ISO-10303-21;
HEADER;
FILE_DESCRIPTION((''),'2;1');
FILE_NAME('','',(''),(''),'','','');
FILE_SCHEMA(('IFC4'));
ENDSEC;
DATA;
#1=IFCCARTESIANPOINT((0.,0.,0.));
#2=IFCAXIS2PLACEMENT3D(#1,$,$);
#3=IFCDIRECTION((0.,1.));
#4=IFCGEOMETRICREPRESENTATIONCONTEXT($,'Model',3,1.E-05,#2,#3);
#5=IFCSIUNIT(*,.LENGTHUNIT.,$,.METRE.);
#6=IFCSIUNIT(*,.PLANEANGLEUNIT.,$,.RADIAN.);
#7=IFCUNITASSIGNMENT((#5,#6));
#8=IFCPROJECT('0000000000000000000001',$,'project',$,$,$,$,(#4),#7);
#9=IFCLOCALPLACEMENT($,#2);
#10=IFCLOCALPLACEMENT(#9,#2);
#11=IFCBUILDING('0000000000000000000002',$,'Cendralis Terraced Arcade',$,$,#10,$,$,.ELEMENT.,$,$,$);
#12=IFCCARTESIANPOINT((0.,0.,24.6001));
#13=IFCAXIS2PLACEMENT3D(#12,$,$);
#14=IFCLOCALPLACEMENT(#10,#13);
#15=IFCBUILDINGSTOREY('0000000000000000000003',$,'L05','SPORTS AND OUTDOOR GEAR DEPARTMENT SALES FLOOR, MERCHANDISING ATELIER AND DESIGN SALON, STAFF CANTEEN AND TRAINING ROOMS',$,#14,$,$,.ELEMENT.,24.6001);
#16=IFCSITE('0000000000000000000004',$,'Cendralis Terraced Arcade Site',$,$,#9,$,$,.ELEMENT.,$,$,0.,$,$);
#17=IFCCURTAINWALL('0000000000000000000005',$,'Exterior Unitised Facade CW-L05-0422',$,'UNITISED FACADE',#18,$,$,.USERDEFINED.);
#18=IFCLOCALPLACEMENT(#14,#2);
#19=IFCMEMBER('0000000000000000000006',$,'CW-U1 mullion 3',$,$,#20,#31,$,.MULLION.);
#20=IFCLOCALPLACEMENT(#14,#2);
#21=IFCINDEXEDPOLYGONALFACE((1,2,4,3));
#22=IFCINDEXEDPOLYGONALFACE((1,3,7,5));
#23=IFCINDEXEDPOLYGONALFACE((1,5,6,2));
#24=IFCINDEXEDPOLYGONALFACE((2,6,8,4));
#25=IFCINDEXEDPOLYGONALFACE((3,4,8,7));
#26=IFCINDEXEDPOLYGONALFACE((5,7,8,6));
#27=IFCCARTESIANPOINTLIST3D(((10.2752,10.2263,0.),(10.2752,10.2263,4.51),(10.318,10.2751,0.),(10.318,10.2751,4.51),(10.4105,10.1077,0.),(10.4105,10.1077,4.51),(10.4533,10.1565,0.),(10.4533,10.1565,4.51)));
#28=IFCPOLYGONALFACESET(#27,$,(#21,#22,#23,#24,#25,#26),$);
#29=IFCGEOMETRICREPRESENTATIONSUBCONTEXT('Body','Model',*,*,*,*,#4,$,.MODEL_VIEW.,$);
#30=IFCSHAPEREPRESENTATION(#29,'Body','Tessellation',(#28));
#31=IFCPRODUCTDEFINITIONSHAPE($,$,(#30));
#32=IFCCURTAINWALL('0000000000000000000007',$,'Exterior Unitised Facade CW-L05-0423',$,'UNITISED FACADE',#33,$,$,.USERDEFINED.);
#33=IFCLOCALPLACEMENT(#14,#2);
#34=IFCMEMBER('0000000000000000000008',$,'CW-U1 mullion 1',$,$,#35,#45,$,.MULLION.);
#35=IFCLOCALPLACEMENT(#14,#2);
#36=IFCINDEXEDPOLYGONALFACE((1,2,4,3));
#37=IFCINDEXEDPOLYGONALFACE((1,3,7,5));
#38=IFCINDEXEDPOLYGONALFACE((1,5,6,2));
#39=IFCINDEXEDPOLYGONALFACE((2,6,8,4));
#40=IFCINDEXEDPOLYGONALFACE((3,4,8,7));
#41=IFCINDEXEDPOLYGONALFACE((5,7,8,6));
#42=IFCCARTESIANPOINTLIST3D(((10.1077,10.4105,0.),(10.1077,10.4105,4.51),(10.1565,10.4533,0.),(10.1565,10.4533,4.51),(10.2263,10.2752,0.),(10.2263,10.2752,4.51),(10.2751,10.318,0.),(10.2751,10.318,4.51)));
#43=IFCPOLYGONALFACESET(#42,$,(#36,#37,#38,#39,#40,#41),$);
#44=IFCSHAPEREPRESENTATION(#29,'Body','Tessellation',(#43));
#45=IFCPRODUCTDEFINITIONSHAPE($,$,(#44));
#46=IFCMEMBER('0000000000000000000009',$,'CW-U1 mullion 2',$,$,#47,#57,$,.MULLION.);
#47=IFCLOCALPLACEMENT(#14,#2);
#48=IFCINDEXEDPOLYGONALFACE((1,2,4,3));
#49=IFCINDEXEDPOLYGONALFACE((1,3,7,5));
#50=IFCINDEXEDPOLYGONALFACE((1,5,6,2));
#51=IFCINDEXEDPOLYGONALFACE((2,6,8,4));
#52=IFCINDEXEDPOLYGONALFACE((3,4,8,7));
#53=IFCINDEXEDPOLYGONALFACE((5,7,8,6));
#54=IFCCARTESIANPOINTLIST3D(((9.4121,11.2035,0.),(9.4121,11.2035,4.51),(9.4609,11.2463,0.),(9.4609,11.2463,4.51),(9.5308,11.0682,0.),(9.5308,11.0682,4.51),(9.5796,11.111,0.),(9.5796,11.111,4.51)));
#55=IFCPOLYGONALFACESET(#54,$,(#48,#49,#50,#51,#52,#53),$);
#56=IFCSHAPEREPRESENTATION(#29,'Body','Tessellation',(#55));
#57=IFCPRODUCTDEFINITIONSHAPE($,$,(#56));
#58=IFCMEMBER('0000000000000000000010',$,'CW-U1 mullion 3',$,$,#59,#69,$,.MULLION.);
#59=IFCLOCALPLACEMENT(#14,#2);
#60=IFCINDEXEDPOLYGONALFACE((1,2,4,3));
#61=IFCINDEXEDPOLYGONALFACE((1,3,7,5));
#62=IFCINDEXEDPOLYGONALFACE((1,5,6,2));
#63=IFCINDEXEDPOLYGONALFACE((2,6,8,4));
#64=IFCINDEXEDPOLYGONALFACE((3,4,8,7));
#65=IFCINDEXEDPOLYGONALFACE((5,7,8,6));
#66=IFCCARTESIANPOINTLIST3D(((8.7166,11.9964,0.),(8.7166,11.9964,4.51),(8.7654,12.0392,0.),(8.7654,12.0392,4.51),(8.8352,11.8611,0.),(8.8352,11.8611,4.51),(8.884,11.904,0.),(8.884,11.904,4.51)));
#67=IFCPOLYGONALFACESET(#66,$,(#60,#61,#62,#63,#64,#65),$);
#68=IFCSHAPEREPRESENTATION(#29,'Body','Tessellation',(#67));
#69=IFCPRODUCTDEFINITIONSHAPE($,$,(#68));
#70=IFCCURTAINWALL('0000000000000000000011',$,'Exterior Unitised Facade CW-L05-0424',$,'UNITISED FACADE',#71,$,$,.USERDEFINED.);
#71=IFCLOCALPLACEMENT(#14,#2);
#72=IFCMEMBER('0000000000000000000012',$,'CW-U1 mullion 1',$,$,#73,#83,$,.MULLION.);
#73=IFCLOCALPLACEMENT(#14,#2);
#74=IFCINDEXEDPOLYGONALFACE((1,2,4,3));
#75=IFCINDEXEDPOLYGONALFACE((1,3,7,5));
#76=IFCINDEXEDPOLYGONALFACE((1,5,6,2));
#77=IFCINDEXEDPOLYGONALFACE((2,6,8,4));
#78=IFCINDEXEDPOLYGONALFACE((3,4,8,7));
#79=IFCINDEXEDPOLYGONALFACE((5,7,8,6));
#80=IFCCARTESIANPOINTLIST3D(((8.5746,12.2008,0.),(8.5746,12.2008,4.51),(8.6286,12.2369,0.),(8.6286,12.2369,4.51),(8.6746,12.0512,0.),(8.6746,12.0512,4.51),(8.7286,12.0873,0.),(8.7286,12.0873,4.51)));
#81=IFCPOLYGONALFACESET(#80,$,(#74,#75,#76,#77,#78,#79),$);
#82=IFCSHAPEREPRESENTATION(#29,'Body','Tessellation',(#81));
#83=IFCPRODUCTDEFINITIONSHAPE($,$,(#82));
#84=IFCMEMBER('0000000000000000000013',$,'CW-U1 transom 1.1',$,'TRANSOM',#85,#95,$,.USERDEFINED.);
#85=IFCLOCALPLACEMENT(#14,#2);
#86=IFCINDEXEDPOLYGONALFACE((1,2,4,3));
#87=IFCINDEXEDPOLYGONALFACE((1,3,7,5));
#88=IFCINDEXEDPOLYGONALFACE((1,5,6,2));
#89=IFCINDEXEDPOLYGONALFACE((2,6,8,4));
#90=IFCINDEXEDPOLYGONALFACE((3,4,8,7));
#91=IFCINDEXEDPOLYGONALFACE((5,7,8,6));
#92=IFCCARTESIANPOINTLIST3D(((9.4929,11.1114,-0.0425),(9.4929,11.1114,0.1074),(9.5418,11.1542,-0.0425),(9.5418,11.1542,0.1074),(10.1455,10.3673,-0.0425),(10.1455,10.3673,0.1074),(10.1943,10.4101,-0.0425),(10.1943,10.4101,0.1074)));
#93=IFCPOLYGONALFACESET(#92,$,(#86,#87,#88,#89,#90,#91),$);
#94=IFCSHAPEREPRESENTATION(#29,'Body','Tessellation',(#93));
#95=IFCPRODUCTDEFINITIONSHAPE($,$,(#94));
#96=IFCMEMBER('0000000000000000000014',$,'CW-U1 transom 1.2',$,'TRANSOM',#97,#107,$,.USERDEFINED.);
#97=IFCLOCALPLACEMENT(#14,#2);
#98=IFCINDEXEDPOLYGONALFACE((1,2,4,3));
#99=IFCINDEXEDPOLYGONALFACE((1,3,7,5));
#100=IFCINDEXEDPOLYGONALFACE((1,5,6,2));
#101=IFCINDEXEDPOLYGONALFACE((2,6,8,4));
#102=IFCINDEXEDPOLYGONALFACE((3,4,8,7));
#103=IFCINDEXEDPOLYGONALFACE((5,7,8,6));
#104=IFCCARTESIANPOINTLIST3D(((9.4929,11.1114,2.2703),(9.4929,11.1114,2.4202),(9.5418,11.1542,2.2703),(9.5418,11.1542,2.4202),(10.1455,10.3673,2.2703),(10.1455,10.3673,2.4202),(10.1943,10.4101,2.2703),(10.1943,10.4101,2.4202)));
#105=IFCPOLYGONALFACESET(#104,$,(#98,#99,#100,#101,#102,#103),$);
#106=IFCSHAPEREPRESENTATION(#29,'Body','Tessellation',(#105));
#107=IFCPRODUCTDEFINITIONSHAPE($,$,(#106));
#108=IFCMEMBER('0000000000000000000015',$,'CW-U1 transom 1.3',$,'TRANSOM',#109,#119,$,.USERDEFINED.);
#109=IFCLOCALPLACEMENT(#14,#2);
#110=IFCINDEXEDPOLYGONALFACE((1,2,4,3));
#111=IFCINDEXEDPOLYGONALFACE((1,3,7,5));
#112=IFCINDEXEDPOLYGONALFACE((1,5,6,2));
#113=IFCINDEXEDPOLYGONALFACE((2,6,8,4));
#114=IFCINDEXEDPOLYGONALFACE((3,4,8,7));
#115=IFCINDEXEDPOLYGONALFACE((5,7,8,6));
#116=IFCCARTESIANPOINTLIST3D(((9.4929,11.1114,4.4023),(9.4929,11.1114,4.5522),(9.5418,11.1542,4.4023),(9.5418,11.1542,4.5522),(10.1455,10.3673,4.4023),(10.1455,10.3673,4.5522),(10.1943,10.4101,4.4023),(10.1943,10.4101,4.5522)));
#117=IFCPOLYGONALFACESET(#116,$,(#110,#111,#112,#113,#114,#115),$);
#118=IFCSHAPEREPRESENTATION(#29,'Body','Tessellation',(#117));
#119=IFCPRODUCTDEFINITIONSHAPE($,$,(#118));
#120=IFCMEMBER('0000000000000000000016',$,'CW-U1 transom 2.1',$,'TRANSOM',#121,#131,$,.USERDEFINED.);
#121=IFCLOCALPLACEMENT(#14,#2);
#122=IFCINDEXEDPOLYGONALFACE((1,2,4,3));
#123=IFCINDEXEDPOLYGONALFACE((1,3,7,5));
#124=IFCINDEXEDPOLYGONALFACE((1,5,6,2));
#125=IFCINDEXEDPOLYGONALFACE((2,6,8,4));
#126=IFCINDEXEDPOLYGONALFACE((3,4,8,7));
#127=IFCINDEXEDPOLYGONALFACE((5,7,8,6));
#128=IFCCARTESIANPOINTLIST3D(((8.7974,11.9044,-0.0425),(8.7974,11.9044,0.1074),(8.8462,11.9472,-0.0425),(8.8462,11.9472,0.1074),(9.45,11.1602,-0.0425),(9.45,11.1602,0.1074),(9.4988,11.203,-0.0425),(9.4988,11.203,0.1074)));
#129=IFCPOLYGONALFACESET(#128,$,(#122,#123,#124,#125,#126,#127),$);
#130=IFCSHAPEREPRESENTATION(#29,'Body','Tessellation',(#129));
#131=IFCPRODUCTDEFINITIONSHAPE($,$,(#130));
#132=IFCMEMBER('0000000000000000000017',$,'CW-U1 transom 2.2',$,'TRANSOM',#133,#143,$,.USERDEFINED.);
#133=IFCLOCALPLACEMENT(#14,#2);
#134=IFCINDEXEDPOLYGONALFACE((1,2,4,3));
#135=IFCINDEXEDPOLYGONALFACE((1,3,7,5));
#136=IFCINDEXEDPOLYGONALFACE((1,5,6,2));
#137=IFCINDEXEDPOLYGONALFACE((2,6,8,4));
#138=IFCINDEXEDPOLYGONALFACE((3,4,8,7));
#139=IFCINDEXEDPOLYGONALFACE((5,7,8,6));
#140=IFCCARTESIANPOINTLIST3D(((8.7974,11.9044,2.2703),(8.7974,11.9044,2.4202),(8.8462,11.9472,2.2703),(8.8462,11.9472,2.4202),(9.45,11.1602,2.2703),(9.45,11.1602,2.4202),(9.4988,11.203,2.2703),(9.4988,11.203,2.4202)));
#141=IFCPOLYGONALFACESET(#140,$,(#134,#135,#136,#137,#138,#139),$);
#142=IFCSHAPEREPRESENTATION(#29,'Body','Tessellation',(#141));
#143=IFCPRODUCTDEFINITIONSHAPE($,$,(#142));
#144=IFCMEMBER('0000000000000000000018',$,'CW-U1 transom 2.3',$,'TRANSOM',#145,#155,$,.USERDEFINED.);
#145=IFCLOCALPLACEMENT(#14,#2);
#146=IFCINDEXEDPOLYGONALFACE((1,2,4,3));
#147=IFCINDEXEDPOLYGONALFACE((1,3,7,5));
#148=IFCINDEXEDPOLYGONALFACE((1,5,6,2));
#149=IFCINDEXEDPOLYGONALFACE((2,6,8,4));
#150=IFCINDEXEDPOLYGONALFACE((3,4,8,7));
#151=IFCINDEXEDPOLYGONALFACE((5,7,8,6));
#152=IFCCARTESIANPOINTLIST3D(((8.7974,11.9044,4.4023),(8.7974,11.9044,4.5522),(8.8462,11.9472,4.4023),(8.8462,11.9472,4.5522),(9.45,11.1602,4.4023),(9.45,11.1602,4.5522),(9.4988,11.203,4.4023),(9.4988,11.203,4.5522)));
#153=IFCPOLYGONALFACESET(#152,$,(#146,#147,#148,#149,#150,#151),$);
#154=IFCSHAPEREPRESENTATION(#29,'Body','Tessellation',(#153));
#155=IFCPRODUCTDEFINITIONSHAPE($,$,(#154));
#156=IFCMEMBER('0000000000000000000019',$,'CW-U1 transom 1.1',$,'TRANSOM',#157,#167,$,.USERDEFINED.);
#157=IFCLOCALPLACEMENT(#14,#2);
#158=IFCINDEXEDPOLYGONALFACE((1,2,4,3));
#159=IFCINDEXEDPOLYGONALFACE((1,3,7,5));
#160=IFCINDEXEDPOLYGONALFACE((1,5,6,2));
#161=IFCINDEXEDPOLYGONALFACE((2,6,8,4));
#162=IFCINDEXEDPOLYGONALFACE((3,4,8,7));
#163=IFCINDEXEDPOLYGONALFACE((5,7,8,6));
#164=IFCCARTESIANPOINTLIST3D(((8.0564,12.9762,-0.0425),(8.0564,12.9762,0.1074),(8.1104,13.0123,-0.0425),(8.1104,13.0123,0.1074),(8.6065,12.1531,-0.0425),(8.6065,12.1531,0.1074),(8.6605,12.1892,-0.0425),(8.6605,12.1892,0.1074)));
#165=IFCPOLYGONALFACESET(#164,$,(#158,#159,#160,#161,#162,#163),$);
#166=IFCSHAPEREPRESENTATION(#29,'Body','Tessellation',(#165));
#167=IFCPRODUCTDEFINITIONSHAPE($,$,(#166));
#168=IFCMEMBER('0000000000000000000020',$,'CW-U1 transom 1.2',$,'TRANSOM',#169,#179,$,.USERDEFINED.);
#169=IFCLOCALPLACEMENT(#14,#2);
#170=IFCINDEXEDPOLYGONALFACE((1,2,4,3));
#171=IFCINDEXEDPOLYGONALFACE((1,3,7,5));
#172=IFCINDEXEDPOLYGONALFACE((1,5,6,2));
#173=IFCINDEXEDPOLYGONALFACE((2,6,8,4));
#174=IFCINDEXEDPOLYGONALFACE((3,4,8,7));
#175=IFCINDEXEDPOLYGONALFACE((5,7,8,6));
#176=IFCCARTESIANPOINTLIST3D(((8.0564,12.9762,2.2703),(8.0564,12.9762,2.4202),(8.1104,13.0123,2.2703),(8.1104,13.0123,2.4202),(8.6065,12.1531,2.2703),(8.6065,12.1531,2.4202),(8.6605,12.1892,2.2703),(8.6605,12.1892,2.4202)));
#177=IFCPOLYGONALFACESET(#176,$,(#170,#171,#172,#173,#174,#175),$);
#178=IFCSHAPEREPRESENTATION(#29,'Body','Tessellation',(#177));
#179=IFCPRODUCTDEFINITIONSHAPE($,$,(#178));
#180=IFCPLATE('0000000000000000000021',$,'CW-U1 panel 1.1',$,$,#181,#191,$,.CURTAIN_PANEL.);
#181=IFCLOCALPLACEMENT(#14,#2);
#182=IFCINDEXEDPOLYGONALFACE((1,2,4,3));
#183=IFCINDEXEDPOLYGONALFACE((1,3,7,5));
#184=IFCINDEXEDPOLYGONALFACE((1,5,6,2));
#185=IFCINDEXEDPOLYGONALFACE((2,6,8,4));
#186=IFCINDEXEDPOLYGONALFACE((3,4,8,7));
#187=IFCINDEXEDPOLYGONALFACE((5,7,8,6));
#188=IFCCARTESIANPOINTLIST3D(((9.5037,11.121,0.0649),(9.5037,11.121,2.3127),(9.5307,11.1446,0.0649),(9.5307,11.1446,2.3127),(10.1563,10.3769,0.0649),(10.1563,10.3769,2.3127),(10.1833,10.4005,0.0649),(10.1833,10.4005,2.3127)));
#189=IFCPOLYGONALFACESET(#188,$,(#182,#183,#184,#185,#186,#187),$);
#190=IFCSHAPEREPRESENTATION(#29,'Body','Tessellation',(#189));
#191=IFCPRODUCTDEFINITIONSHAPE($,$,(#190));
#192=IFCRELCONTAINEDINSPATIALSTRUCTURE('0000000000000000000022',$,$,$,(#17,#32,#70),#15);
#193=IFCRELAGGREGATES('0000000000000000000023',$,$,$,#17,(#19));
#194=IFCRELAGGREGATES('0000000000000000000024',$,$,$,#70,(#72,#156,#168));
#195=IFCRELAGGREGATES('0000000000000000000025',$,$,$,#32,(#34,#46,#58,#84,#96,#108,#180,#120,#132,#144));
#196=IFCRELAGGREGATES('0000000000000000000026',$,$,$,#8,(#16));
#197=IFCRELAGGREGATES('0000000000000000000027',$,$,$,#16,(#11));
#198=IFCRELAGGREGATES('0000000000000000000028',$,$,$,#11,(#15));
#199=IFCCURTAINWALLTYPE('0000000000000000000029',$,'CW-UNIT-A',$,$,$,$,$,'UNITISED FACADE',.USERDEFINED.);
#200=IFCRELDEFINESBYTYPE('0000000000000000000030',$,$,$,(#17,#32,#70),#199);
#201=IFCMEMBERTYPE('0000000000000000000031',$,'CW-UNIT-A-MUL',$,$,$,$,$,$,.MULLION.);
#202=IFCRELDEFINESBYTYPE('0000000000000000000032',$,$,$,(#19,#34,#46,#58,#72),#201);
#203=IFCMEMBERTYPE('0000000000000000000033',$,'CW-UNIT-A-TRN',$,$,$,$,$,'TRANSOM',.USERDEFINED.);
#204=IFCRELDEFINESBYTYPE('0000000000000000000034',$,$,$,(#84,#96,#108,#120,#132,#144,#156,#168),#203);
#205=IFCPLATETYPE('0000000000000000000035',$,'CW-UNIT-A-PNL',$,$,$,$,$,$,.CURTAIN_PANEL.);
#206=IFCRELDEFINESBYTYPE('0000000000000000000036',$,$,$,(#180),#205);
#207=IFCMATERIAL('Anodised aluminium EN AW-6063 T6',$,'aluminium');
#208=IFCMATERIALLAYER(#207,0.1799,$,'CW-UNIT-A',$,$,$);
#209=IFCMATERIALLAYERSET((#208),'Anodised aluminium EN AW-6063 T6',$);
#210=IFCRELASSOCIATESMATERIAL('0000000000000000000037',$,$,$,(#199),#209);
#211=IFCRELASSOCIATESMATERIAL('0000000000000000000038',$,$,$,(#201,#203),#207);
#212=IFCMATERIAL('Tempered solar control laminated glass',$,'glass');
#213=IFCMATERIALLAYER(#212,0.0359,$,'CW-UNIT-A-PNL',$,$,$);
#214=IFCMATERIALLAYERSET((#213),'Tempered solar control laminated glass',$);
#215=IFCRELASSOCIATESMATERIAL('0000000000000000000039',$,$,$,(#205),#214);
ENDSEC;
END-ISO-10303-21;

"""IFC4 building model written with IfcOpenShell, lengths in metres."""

from ifc_helpers import new_model, si_unit, direction, frame, origin, origin_2d, place, context, subcontext, project, spatial, rectangle, extrude, material, layer, layer_set, material_profile, profile_set, type_object, element, aggregate, save


model = new_model("IFC4")

# Units and contexts
model_context = context("Model", 3, precision=1e-05, world=origin(), true_north=direction((0.0, 1.0)))
body_context = subcontext(model_context, "Body", "Model", "MODEL_VIEW")
ifc_project = project(units=[si_unit("LENGTHUNIT", "METRE"), si_unit("PLANEANGLEUNIT", "RADIAN")], contexts=[model_context])

# Site, building, storey
site_placement = place(None, origin())
site = spatial("IfcSite", under=ifc_project, at=site_placement, Name="Cendralis Terraced Arcade Site", CompositionType="ELEMENT", RefElevation=0.0)
building_placement = place(site_placement, origin())
building = spatial("IfcBuilding", under=site, at=building_placement, Name="Cendralis Terraced Arcade", CompositionType="ELEMENT")
storey_placement = place(building_placement, frame((0.0, 0.0, 24.6001)))
storey = spatial("IfcBuildingStorey", under=building, at=storey_placement, Name="L05", Description="SPORTS AND OUTDOOR GEAR DEPARTMENT SALES FLOOR, MERCHANDISING ATELIER AND DESIGN SALON, STAFF CANTEEN AND TRAINING ROOMS", CompositionType="ELEMENT", Elevation=24.6001)

# Curtain wall, member
ifc_material_1 = material(Name="Anodised aluminium EN AW-6063 T6", Category="aluminium")
ifc_layer_1 = layer(ifc_material_1, 0.1799, Name="CW-UNIT-A")
ifc_layer_set_1 = layer_set([ifc_layer_1], Name="Anodised aluminium EN AW-6063 T6")
curtain_wall_type = type_object("IfcCurtainWallType", Name="CW-UNIT-A", ElementType="UNITISED FACADE", PredefinedType="USERDEFINED", material=ifc_layer_set_1)
curtain_wall_1_placement = place(storey_placement, origin())
curtain_wall_1 = element("IfcCurtainWall", 1, at=curtain_wall_1_placement, inside=storey, type_object=curtain_wall_type, Name="Exterior Unitised Facade CW-L05-0422", ObjectType="UNITISED FACADE", PredefinedType="USERDEFINED")
ifc_material_profile_1 = material_profile(ifc_material_1, rectangle(XDim=0.0649, YDim=0.1799, at=origin_2d()), Name="ALU-MUL-65x180")
ifc_profile_set_1 = profile_set([ifc_material_profile_1], Name="Anodised aluminium EN AW-6063 T6")
member_type_1 = type_object("IfcMemberType", Name="CW-UNIT-A-MUL", PredefinedType="MULLION", material=ifc_profile_set_1)
member_1_placement = place(storey_placement, frame((10.3643, 10.1914, 0.0), z_axis=(0.0, 0.0, 1.0), x_axis=(-0.659403, -0.75179, 0.0)))
member_1 = element("IfcMember", 2, at=member_1_placement, type_object=member_type_1, Name="CW-U1 mullion 3", PredefinedType="MULLION", context=body_context, shape_type="SweptSolid", body=[
    extrude(rectangle(XDim=0.0649, YDim=0.1799, at=origin_2d()), origin(), (0.0, 0.0, 1.0), 4.51),
])
aggregate(curtain_wall_1, [member_1])

# Curtain wall, members
curtain_wall_2_placement = place(storey_placement, origin())
curtain_wall_2 = element("IfcCurtainWall", 3, at=curtain_wall_2_placement, inside=storey, type_object=curtain_wall_type, Name="Exterior Unitised Facade CW-L05-0423", ObjectType="UNITISED FACADE", PredefinedType="USERDEFINED")
member_2_placement = place(storey_placement, frame((10.1914, 10.3643, 0.0), z_axis=(0.0, 0.0, 1.0), x_axis=(-0.75179, -0.659403, 0.0)))
member_2 = element("IfcMember", 4, at=member_2_placement, type_object=member_type_1, Name="CW-U1 mullion 1", PredefinedType="MULLION", context=body_context, shape_type="SweptSolid", body=[
    extrude(rectangle(XDim=0.0649, YDim=0.1799, at=origin_2d()), origin(), (0.0, 0.0, 1.0), 4.51),
])
member_3_placement = place(storey_placement, frame((9.4958, 11.1572, 0.0), z_axis=(0.0, 0.0, 1.0), x_axis=(-0.75179, -0.659403, 0.0)))
member_3 = element("IfcMember", 5, at=member_3_placement, type_object=member_type_1, Name="CW-U1 mullion 2", PredefinedType="MULLION", context=body_context, shape_type="SweptSolid", body=[
    extrude(rectangle(XDim=0.0649, YDim=0.1799, at=origin_2d()), origin(), (0.0, 0.0, 1.0), 4.51),
])
member_4_placement = place(storey_placement, frame((8.8003, 11.9502, 0.0), z_axis=(0.0, 0.0, 1.0), x_axis=(-0.75179, -0.659403, 0.0)))
member_4 = element("IfcMember", 6, at=member_4_placement, type_object=member_type_1, Name="CW-U1 mullion 3", PredefinedType="MULLION", context=body_context, shape_type="SweptSolid", body=[
    extrude(rectangle(XDim=0.0649, YDim=0.1799, at=origin_2d()), origin(), (0.0, 0.0, 1.0), 4.51),
])

# Curtain wall, member
curtain_wall_3_placement = place(storey_placement, origin())
curtain_wall_3 = element("IfcCurtainWall", 7, at=curtain_wall_3_placement, inside=storey, type_object=curtain_wall_type, Name="Exterior Unitised Facade CW-L05-0424", ObjectType="UNITISED FACADE", PredefinedType="USERDEFINED")
member_5_placement = place(storey_placement, frame((8.6516, 12.144, 0.0), z_axis=(0.0, 0.0, 1.0), x_axis=(-0.831477, -0.555559, 0.0)))
member_5 = element("IfcMember", 8, at=member_5_placement, type_object=member_type_1, Name="CW-U1 mullion 1", PredefinedType="MULLION", context=body_context, shape_type="SweptSolid", body=[
    extrude(rectangle(XDim=0.0649, YDim=0.1799, at=origin_2d()), origin(), (0.0, 0.0, 1.0), 4.51),
])

# Members
ifc_material_profile_2 = material_profile(ifc_material_1, rectangle(XDim=0.0649, YDim=0.1499, at=origin_2d()), Name="ALU-TRN-65x150")
ifc_profile_set_2 = profile_set([ifc_material_profile_2], Name="Anodised aluminium EN AW-6063 T6")
member_type_2 = type_object("IfcMemberType", Name="CW-UNIT-A-TRN", ElementType="TRANSOM", PredefinedType="USERDEFINED", material=ifc_profile_set_2)
member_6_placement = place(storey_placement, frame((10.1699, 10.3887, 0.0325), z_axis=(-0.659342, 0.751843, 0.0), x_axis=(-0.751843, -0.659342, 0.0)))
member_6 = element("IfcMember", 9, at=member_6_placement, type_object=member_type_2, Name="CW-U1 transom 1.1", ObjectType="TRANSOM", PredefinedType="USERDEFINED", context=body_context, shape_type="SweptSolid", body=[
    extrude(rectangle(XDim=0.0649, YDim=0.1499, at=origin_2d()), origin(), (0.0, 0.0, 1.0), 0.9897),
])
member_7_placement = place(storey_placement, frame((10.1699, 10.3887, 2.3452), z_axis=(-0.659342, 0.751843, 0.0), x_axis=(-0.751843, -0.659342, 0.0)))
member_7 = element("IfcMember", 10, at=member_7_placement, type_object=member_type_2, Name="CW-U1 transom 1.2", ObjectType="TRANSOM", PredefinedType="USERDEFINED", context=body_context, shape_type="SweptSolid", body=[
    extrude(rectangle(XDim=0.0649, YDim=0.1499, at=origin_2d()), origin(), (0.0, 0.0, 1.0), 0.9897),
])
member_8_placement = place(storey_placement, frame((10.1699, 10.3887, 4.4773), z_axis=(-0.659342, 0.751843, 0.0), x_axis=(-0.751843, -0.659342, 0.0)))
member_8 = element("IfcMember", 11, at=member_8_placement, type_object=member_type_2, Name="CW-U1 transom 1.3", ObjectType="TRANSOM", PredefinedType="USERDEFINED", context=body_context, shape_type="SweptSolid", body=[
    extrude(rectangle(XDim=0.0649, YDim=0.1499, at=origin_2d()), origin(), (0.0, 0.0, 1.0), 0.9897),
])
member_9_placement = place(storey_placement, frame((9.4744, 11.1816, 0.0325), z_axis=(-0.659342, 0.751843, 0.0), x_axis=(-0.751843, -0.659342, 0.0)))
member_9 = element("IfcMember", 12, at=member_9_placement, type_object=member_type_2, Name="CW-U1 transom 2.1", ObjectType="TRANSOM", PredefinedType="USERDEFINED", context=body_context, shape_type="SweptSolid", body=[
    extrude(rectangle(XDim=0.0649, YDim=0.1499, at=origin_2d()), origin(), (0.0, 0.0, 1.0), 0.9897),
])
member_10_placement = place(storey_placement, frame((9.4744, 11.1816, 2.3452), z_axis=(-0.659342, 0.751843, 0.0), x_axis=(-0.751843, -0.659342, 0.0)))
member_10 = element("IfcMember", 13, at=member_10_placement, type_object=member_type_2, Name="CW-U1 transom 2.2", ObjectType="TRANSOM", PredefinedType="USERDEFINED", context=body_context, shape_type="SweptSolid", body=[
    extrude(rectangle(XDim=0.0649, YDim=0.1499, at=origin_2d()), origin(), (0.0, 0.0, 1.0), 0.9897),
])
member_11_placement = place(storey_placement, frame((9.4744, 11.1816, 4.4773), z_axis=(-0.659342, 0.751843, 0.0), x_axis=(-0.751843, -0.659342, 0.0)))
member_11 = element("IfcMember", 14, at=member_11_placement, type_object=member_type_2, Name="CW-U1 transom 2.3", ObjectType="TRANSOM", PredefinedType="USERDEFINED", context=body_context, shape_type="SweptSolid", body=[
    extrude(rectangle(XDim=0.0649, YDim=0.1499, at=origin_2d()), origin(), (0.0, 0.0, 1.0), 0.9897),
])
member_12_placement = place(storey_placement, frame((8.6335, 12.1711, 0.0325), z_axis=(-0.555667, 0.831405, 0.0), x_axis=(-0.831405, -0.555667, 0.0)))
member_12 = element("IfcMember", 15, at=member_12_placement, type_object=member_type_2, Name="CW-U1 transom 1.1", ObjectType="TRANSOM", PredefinedType="USERDEFINED", context=body_context, shape_type="SweptSolid", body=[
    extrude(rectangle(XDim=0.0649, YDim=0.1499, at=origin_2d()), origin(), (0.0, 0.0, 1.0), 0.99),
])
member_13_placement = place(storey_placement, frame((8.6335, 12.1711, 2.3452), z_axis=(-0.555667, 0.831405, 0.0), x_axis=(-0.831405, -0.555667, 0.0)))
member_13 = element("IfcMember", 16, at=member_13_placement, type_object=member_type_2, Name="CW-U1 transom 1.2", ObjectType="TRANSOM", PredefinedType="USERDEFINED", context=body_context, shape_type="SweptSolid", body=[
    extrude(rectangle(XDim=0.0649, YDim=0.1499, at=origin_2d()), origin(), (0.0, 0.0, 1.0), 0.99),
])
aggregate(curtain_wall_3, [member_5, member_12, member_13])

# Plate
ifc_material_2 = material(Name="Tempered solar control laminated glass", Category="glass")
ifc_layer_2 = layer(ifc_material_2, 0.0359, Name="CW-UNIT-A-PNL")
ifc_layer_set_2 = layer_set([ifc_layer_2], Name="Tempered solar control laminated glass")
plate_type = type_object("IfcPlateType", Name="CW-UNIT-A-PNL", PredefinedType="CURTAIN_PANEL", material=ifc_layer_set_2)
plate_1_placement = place(storey_placement, frame((9.8435, 10.7607, 0.0649), z_axis=(0.0, 0.0, 1.0), x_axis=(-0.659403, 0.75179, 0.0)))
plate_1 = element("IfcPlate", 17, at=plate_1_placement, type_object=plate_type, Name="CW-U1 panel 1.1", PredefinedType="CURTAIN_PANEL", context=body_context, shape_type="SweptSolid", body=[
    extrude(rectangle(XDim=0.9897, YDim=0.0359, at=origin_2d()), origin(), (0.0, 0.0, 1.0), 2.2478),
])
aggregate(curtain_wall_2, [member_2, member_3, member_4, member_6, member_7, member_8, plate_1, member_9, member_10, member_11])

save(model, "model.ifc")
